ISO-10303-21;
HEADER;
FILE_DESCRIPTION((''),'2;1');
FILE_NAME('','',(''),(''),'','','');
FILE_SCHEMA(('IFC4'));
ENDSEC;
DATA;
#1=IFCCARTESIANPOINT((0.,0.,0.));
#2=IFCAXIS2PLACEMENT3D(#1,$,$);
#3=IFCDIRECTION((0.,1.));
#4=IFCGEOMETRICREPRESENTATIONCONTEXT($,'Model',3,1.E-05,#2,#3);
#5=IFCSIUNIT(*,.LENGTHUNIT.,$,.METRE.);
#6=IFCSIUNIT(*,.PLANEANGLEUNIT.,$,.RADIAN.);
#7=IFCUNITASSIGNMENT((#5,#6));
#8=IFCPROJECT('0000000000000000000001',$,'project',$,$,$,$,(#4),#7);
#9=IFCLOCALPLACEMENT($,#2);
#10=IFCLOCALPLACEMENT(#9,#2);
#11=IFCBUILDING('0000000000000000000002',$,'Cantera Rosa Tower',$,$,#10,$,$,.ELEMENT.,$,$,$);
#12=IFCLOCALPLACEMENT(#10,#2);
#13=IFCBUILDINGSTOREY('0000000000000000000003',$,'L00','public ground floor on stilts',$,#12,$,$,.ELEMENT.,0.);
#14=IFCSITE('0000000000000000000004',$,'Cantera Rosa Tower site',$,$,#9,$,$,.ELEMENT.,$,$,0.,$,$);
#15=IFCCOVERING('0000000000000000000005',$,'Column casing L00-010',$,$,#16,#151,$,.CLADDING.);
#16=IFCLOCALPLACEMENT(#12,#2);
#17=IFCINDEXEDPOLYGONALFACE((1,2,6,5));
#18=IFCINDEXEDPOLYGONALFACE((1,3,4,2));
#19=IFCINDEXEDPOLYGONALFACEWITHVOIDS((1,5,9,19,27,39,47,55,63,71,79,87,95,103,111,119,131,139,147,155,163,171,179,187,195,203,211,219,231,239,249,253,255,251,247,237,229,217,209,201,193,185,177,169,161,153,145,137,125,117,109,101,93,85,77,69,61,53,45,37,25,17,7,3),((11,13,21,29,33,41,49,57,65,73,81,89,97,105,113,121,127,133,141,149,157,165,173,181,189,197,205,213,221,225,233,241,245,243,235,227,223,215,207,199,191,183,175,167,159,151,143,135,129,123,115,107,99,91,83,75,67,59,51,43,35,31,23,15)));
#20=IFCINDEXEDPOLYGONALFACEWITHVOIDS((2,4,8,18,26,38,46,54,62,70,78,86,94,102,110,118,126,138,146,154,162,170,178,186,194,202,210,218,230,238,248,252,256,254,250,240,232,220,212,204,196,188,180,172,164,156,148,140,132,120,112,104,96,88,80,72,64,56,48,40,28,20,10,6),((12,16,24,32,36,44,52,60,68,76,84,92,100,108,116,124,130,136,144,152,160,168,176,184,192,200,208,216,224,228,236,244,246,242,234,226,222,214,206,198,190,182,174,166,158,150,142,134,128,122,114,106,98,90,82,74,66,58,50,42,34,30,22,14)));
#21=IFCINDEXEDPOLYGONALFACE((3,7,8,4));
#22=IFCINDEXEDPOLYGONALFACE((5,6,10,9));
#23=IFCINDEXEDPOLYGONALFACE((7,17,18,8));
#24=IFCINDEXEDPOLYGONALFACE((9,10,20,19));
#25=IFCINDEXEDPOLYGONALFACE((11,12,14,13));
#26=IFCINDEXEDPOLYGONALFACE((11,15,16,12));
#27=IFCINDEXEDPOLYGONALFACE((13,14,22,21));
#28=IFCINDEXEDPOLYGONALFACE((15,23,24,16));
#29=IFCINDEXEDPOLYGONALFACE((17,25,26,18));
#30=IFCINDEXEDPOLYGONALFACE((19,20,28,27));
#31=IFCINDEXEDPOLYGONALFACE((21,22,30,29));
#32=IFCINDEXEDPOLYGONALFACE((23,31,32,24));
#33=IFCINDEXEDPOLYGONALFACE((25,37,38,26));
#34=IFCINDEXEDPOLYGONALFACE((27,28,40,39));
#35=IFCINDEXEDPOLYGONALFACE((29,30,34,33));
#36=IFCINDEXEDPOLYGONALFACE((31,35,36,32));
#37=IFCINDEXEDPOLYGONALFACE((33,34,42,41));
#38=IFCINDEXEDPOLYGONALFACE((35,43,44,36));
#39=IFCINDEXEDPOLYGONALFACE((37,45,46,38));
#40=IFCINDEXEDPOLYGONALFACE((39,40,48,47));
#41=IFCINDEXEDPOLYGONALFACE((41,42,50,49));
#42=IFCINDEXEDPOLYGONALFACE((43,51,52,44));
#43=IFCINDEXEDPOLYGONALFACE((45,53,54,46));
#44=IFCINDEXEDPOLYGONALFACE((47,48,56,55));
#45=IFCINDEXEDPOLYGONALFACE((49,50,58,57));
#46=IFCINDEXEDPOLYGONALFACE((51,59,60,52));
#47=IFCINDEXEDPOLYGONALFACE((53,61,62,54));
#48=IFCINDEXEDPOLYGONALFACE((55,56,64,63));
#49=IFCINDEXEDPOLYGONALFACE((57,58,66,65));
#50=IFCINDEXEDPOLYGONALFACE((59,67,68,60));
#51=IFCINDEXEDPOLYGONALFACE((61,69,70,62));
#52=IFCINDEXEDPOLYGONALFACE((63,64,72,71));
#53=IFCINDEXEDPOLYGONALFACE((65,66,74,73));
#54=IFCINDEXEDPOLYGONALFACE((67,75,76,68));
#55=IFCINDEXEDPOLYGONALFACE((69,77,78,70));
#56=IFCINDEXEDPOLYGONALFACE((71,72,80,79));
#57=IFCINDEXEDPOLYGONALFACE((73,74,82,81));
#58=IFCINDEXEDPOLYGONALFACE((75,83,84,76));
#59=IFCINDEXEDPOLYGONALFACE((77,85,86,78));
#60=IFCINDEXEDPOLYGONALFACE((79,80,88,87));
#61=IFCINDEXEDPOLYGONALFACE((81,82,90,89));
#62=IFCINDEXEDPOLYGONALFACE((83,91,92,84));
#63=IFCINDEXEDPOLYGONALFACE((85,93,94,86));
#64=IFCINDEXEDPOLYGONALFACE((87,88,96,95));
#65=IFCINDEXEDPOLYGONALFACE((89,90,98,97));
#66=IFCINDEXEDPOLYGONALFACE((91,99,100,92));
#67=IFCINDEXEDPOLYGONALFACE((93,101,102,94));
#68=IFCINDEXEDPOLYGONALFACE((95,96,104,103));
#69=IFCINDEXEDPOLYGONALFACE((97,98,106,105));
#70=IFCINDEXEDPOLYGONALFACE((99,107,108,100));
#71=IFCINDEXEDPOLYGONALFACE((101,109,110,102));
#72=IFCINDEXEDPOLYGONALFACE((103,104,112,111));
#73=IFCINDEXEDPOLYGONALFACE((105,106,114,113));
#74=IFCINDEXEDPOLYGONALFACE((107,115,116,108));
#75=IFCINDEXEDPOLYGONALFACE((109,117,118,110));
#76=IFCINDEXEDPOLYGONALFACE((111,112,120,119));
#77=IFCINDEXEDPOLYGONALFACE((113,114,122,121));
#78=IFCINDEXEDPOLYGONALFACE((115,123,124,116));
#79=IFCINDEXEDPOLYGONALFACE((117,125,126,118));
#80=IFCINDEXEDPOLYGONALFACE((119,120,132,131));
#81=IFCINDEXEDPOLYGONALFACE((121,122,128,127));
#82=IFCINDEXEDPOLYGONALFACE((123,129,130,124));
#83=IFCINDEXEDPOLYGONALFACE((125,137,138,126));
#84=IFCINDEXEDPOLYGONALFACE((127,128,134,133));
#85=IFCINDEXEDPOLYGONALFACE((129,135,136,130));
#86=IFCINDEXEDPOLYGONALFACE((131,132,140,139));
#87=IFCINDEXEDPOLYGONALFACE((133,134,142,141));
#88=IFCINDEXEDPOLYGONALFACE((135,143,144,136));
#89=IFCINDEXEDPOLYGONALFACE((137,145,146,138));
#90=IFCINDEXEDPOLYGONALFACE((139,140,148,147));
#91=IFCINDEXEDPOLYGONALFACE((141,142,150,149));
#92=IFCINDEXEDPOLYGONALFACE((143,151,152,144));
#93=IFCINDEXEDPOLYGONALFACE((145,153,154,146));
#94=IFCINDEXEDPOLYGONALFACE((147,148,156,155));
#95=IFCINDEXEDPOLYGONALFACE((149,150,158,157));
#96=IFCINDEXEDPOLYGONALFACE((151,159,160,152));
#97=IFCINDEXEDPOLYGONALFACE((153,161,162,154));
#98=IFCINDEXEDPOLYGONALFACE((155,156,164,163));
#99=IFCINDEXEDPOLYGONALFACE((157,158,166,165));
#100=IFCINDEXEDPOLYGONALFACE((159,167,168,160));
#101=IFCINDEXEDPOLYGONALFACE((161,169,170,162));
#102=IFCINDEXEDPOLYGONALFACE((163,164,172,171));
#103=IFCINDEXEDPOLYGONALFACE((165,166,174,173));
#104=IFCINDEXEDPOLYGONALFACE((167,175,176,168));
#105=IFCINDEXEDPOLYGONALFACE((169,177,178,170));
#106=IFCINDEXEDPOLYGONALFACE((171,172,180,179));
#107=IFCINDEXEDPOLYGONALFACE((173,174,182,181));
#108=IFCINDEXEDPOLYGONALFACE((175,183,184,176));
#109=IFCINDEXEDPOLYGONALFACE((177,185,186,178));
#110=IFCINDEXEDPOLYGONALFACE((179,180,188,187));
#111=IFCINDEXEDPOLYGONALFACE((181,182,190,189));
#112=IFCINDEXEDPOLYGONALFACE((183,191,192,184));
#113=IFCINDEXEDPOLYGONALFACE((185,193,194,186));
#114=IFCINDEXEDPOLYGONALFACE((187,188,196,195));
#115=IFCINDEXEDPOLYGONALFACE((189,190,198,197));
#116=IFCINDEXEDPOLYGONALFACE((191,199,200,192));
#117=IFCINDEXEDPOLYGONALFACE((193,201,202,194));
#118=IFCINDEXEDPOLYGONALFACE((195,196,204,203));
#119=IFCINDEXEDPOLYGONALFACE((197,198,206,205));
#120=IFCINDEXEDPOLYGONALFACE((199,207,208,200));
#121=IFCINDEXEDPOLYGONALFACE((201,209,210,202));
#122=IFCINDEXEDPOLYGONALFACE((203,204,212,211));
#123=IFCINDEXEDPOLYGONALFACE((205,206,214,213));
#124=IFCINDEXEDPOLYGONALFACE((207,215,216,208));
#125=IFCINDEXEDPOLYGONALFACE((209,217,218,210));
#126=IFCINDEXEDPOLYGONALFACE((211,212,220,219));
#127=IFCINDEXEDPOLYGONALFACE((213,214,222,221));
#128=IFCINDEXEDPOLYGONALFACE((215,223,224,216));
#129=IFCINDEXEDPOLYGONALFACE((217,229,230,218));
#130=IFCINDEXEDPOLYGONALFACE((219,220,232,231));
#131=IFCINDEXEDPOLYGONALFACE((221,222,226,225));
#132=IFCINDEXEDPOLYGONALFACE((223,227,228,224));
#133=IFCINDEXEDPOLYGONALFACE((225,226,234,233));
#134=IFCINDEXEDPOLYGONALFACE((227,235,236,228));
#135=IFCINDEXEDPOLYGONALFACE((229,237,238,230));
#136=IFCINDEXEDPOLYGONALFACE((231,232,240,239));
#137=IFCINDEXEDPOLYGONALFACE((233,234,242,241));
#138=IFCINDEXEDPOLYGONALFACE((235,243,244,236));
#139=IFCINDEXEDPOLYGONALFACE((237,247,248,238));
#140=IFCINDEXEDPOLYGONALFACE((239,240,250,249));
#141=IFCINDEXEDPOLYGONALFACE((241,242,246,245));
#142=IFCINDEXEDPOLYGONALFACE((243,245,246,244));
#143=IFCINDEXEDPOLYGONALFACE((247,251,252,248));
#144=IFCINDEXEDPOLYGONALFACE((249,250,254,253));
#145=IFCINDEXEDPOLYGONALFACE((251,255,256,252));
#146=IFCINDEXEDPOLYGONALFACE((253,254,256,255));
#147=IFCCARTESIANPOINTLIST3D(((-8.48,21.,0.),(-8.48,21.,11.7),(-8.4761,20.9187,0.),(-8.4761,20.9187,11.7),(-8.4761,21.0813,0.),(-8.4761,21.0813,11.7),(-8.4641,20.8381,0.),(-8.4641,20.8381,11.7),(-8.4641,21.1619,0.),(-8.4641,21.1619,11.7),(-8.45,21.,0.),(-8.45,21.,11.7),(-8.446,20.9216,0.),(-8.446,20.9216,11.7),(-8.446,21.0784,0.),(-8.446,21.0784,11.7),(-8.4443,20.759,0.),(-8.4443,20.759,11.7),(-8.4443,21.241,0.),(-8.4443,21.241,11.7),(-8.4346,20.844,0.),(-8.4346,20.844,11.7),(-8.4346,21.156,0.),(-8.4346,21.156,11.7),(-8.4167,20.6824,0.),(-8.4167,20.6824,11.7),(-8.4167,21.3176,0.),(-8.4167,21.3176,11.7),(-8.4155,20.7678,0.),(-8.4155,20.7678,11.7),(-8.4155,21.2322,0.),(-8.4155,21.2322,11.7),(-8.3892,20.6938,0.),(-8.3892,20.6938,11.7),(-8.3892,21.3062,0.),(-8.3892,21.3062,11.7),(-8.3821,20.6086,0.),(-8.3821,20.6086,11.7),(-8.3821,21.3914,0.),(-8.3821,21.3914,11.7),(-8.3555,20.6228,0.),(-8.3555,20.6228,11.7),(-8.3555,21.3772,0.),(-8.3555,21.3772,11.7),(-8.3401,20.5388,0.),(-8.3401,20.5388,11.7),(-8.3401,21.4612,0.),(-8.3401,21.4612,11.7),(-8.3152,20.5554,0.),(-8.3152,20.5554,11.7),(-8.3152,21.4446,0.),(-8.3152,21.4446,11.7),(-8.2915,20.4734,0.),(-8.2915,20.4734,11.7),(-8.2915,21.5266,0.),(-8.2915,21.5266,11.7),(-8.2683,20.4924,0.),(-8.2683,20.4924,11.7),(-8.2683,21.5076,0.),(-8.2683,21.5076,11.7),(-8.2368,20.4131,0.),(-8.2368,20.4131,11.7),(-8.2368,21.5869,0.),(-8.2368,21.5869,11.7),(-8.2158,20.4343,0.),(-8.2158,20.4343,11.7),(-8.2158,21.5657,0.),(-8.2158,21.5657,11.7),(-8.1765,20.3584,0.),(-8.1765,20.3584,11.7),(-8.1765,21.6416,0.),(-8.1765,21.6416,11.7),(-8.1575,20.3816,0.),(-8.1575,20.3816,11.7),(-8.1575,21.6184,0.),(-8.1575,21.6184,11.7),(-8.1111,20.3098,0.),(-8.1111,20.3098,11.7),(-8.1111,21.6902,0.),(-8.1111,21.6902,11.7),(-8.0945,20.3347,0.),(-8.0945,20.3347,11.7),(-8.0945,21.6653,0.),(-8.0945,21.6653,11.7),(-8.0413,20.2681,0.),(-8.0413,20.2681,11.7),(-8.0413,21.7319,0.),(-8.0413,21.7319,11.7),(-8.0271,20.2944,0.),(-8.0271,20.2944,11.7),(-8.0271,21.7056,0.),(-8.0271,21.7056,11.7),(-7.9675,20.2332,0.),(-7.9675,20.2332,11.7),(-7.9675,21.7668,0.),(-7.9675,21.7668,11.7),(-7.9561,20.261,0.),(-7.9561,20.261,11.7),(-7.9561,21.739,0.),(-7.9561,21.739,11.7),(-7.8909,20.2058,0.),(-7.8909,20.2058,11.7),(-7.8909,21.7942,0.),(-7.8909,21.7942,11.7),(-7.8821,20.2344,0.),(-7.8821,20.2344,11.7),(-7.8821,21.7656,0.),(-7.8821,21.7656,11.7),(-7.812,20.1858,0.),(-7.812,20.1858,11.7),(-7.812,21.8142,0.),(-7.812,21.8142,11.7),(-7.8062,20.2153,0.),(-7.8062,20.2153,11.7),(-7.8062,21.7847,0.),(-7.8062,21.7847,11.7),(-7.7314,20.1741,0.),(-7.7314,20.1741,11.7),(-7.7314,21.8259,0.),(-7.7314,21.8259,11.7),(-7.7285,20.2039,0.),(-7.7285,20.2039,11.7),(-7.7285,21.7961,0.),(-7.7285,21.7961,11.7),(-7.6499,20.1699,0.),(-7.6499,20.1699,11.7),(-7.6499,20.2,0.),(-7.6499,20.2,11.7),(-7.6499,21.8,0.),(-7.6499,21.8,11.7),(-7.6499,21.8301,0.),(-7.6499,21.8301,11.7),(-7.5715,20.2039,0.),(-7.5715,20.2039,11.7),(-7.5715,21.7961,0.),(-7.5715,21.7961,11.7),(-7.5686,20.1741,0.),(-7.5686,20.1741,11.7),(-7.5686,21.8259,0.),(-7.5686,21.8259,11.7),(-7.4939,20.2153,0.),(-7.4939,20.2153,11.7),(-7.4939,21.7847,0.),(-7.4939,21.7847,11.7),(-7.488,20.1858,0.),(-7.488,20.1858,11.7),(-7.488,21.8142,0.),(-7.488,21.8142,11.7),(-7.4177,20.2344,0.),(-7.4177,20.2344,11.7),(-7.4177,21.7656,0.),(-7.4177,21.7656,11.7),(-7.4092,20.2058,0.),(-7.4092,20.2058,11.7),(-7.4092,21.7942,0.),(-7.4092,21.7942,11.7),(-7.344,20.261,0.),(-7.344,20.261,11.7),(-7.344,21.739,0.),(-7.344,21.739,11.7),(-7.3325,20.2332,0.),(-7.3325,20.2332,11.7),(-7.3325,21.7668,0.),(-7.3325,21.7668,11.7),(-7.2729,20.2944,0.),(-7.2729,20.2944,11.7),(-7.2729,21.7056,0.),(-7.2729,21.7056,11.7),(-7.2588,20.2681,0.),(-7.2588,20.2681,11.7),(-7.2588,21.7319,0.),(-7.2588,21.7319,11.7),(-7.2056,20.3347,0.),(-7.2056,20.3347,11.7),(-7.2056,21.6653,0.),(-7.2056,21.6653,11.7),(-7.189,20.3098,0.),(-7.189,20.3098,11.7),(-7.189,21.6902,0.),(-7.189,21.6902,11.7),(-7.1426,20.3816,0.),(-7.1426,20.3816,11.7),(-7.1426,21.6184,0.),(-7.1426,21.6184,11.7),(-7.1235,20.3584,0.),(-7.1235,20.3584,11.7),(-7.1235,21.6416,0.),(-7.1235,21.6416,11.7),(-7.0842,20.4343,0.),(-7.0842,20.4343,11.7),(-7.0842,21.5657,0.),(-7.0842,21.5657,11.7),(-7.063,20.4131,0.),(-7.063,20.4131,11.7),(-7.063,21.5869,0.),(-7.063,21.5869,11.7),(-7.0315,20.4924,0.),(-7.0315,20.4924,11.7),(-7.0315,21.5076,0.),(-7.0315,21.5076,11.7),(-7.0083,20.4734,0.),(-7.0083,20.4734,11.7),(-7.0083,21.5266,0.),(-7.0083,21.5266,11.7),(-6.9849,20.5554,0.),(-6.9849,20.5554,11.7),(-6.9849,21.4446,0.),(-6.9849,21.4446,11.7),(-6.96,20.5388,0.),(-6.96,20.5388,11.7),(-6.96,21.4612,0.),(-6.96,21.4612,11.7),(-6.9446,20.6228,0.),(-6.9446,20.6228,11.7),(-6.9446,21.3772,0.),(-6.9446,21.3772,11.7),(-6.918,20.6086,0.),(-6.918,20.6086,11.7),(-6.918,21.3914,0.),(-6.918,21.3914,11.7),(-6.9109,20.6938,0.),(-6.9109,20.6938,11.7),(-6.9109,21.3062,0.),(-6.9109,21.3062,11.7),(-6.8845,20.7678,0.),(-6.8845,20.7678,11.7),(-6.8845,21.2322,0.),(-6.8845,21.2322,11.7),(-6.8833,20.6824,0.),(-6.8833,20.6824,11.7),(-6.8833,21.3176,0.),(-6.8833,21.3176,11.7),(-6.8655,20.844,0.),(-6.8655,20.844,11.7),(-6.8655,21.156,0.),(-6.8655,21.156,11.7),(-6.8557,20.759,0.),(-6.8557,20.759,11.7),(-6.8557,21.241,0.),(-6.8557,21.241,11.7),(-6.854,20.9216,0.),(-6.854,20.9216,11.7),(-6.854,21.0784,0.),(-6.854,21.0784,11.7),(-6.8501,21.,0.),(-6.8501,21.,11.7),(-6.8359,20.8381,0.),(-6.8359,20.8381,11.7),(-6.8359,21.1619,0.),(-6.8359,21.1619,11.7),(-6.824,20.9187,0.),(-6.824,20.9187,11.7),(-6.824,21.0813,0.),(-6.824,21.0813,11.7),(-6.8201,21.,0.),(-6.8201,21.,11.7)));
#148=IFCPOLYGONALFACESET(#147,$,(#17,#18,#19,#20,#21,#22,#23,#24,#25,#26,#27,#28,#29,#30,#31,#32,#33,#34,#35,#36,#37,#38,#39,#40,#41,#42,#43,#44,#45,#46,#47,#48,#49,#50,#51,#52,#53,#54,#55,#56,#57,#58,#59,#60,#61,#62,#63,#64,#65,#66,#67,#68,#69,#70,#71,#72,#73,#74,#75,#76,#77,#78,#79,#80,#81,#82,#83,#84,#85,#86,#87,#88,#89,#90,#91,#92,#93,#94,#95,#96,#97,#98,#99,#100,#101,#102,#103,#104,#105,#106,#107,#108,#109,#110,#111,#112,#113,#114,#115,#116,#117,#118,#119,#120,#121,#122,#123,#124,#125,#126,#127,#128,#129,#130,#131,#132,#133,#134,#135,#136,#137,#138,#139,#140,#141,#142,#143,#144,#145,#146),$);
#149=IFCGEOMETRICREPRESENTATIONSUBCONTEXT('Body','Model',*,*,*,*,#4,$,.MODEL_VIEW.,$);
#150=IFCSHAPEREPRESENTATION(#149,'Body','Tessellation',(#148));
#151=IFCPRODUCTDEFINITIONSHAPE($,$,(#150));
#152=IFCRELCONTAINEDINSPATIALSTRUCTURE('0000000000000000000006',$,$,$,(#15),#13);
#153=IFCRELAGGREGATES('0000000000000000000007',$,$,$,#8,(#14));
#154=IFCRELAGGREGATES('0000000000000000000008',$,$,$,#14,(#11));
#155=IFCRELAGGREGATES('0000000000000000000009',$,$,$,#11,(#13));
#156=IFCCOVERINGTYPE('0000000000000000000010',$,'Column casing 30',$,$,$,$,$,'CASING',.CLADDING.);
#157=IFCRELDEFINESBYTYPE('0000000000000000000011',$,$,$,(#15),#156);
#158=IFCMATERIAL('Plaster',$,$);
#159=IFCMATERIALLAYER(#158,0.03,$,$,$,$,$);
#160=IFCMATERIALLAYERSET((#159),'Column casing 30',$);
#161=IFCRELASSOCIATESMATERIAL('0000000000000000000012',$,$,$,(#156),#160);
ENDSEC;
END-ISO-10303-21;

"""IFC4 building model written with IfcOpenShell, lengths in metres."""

from ifc_helpers import new_model, si_unit, direction, origin, place, context, subcontext, project, spatial, polyline, outline, extrude, material, layer, layer_set, type_object, element, save


model = new_model("IFC4")

# Units and contexts
model_context = context("Model", 3, precision=1e-05, world=origin(), true_north=direction((0.0, 1.0)))
body_context = subcontext(model_context, "Body", "Model", "MODEL_VIEW")
ifc_project = project(units=[si_unit("LENGTHUNIT", "METRE"), si_unit("PLANEANGLEUNIT", "RADIAN")], contexts=[model_context])

# Site, building, storey
site_placement = place(None, origin())
site = spatial("IfcSite", under=ifc_project, at=site_placement, Name="Cantera Rosa Tower site", CompositionType="ELEMENT", RefElevation=0.0)
building_placement = place(site_placement, origin())
building = spatial("IfcBuilding", under=site, at=building_placement, Name="Cantera Rosa Tower", CompositionType="ELEMENT")
storey_placement = place(building_placement, origin())
storey = spatial("IfcBuildingStorey", under=building, at=storey_placement, Name="L00", Description="public ground floor on stilts", CompositionType="ELEMENT", Elevation=0.0)

# Covering
ifc_material_1 = material(Name="Plaster")
ifc_layer_1 = layer(ifc_material_1, 0.03)
ifc_layer_set_1 = layer_set([ifc_layer_1], Name="Column casing 30")
covering_type = type_object("IfcCoveringType", Name="Column casing 30", ElementType="CASING", PredefinedType="CLADDING", material=ifc_layer_set_1)
covering_1_placement = place(storey_placement, origin())
element("IfcCovering", 1, at=covering_1_placement, inside=storey, type_object=covering_type, Name="Column casing L00-010", PredefinedType="CLADDING", context=body_context, shape_type="SweptSolid", body=[
    extrude(outline(polyline([(-6.824, 20.9187), (-6.8201, 21.0), (-6.824, 21.0813), (-6.8359, 21.1619), (-6.8557, 21.241), (-6.8833, 21.3176), (-6.918, 21.3914), (-6.96, 21.4612), (-7.0083, 21.5266), (-7.063, 21.5869), (-7.1235, 21.6416), (-7.189, 21.6902), (-7.2588, 21.7319), (-7.3325, 21.7668), (-7.4092, 21.7942), (-7.488, 21.8142), (-7.5686, 21.8259), (-7.6499, 21.8301), (-7.7314, 21.8259), (-7.812, 21.8142), (-7.8909, 21.7942), (-7.9675, 21.7668), (-8.0413, 21.7319), (-8.1111, 21.6902), (-8.1765, 21.6416), (-8.2368, 21.5869), (-8.2915, 21.5266), (-8.3401, 21.4612), (-8.3821, 21.3914), (-8.4167, 21.3176), (-8.4443, 21.241), (-8.4641, 21.1619), (-8.4761, 21.0813), (-8.48, 21.0), (-8.4761, 20.9187), (-8.4641, 20.8381), (-8.4443, 20.759), (-8.4167, 20.6824), (-8.3821, 20.6086), (-8.3401, 20.5388), (-8.2915, 20.4734), (-8.2368, 20.4131), (-8.1765, 20.3584), (-8.1111, 20.3098), (-8.0413, 20.2681), (-7.9675, 20.2332), (-7.8909, 20.2058), (-7.812, 20.1858), (-7.7314, 20.1741), (-7.6499, 20.1699), (-7.5686, 20.1741), (-7.488, 20.1858), (-7.4092, 20.2058), (-7.3325, 20.2332), (-7.2588, 20.2681), (-7.189, 20.3098), (-7.1235, 20.3584), (-7.063, 20.4131), (-7.0083, 20.4734), (-6.96, 20.5388), (-6.918, 20.6086), (-6.8833, 20.6824), (-6.8557, 20.759), (-6.8359, 20.8381), (-6.824, 20.9187)]), holes=[polyline([(-6.854, 21.0784), (-6.8655, 21.156), (-6.8845, 21.2322), (-6.9109, 21.3062), (-6.9446, 21.3772), (-6.9849, 21.4446), (-7.0315, 21.5076), (-7.0842, 21.5657), (-7.1426, 21.6184), (-7.2056, 21.6653), (-7.2729, 21.7056), (-7.344, 21.739), (-7.4177, 21.7656), (-7.4939, 21.7847), (-7.5715, 21.7961), (-7.6499, 21.8), (-7.7285, 21.7961), (-7.8062, 21.7847), (-7.8821, 21.7656), (-7.9561, 21.739), (-8.0271, 21.7056), (-8.0945, 21.6653), (-8.1575, 21.6184), (-8.2158, 21.5657), (-8.2683, 21.5076), (-8.3152, 21.4446), (-8.3555, 21.3772), (-8.3892, 21.3062), (-8.4155, 21.2322), (-8.4346, 21.156), (-8.446, 21.0784), (-8.45, 21.0), (-8.446, 20.9216), (-8.4346, 20.844), (-8.4155, 20.7678), (-8.3892, 20.6938), (-8.3555, 20.6228), (-8.3152, 20.5554), (-8.2683, 20.4924), (-8.2158, 20.4343), (-8.1575, 20.3816), (-8.0945, 20.3347), (-8.0271, 20.2944), (-7.9561, 20.261), (-7.8821, 20.2344), (-7.8062, 20.2153), (-7.7285, 20.2039), (-7.6499, 20.2), (-7.5715, 20.2039), (-7.4939, 20.2153), (-7.4177, 20.2344), (-7.344, 20.261), (-7.2729, 20.2944), (-7.2056, 20.3347), (-7.1426, 20.3816), (-7.0842, 20.4343), (-7.0315, 20.4924), (-6.9849, 20.5554), (-6.9446, 20.6228), (-6.9109, 20.6938), (-6.8845, 20.7678), (-6.8655, 20.844), (-6.854, 20.9216), (-6.8501, 21.0), (-6.854, 21.0784)])]), origin(), (0.0, 0.0, 1.0), 11.7),
])

save(model, "model.ifc")
